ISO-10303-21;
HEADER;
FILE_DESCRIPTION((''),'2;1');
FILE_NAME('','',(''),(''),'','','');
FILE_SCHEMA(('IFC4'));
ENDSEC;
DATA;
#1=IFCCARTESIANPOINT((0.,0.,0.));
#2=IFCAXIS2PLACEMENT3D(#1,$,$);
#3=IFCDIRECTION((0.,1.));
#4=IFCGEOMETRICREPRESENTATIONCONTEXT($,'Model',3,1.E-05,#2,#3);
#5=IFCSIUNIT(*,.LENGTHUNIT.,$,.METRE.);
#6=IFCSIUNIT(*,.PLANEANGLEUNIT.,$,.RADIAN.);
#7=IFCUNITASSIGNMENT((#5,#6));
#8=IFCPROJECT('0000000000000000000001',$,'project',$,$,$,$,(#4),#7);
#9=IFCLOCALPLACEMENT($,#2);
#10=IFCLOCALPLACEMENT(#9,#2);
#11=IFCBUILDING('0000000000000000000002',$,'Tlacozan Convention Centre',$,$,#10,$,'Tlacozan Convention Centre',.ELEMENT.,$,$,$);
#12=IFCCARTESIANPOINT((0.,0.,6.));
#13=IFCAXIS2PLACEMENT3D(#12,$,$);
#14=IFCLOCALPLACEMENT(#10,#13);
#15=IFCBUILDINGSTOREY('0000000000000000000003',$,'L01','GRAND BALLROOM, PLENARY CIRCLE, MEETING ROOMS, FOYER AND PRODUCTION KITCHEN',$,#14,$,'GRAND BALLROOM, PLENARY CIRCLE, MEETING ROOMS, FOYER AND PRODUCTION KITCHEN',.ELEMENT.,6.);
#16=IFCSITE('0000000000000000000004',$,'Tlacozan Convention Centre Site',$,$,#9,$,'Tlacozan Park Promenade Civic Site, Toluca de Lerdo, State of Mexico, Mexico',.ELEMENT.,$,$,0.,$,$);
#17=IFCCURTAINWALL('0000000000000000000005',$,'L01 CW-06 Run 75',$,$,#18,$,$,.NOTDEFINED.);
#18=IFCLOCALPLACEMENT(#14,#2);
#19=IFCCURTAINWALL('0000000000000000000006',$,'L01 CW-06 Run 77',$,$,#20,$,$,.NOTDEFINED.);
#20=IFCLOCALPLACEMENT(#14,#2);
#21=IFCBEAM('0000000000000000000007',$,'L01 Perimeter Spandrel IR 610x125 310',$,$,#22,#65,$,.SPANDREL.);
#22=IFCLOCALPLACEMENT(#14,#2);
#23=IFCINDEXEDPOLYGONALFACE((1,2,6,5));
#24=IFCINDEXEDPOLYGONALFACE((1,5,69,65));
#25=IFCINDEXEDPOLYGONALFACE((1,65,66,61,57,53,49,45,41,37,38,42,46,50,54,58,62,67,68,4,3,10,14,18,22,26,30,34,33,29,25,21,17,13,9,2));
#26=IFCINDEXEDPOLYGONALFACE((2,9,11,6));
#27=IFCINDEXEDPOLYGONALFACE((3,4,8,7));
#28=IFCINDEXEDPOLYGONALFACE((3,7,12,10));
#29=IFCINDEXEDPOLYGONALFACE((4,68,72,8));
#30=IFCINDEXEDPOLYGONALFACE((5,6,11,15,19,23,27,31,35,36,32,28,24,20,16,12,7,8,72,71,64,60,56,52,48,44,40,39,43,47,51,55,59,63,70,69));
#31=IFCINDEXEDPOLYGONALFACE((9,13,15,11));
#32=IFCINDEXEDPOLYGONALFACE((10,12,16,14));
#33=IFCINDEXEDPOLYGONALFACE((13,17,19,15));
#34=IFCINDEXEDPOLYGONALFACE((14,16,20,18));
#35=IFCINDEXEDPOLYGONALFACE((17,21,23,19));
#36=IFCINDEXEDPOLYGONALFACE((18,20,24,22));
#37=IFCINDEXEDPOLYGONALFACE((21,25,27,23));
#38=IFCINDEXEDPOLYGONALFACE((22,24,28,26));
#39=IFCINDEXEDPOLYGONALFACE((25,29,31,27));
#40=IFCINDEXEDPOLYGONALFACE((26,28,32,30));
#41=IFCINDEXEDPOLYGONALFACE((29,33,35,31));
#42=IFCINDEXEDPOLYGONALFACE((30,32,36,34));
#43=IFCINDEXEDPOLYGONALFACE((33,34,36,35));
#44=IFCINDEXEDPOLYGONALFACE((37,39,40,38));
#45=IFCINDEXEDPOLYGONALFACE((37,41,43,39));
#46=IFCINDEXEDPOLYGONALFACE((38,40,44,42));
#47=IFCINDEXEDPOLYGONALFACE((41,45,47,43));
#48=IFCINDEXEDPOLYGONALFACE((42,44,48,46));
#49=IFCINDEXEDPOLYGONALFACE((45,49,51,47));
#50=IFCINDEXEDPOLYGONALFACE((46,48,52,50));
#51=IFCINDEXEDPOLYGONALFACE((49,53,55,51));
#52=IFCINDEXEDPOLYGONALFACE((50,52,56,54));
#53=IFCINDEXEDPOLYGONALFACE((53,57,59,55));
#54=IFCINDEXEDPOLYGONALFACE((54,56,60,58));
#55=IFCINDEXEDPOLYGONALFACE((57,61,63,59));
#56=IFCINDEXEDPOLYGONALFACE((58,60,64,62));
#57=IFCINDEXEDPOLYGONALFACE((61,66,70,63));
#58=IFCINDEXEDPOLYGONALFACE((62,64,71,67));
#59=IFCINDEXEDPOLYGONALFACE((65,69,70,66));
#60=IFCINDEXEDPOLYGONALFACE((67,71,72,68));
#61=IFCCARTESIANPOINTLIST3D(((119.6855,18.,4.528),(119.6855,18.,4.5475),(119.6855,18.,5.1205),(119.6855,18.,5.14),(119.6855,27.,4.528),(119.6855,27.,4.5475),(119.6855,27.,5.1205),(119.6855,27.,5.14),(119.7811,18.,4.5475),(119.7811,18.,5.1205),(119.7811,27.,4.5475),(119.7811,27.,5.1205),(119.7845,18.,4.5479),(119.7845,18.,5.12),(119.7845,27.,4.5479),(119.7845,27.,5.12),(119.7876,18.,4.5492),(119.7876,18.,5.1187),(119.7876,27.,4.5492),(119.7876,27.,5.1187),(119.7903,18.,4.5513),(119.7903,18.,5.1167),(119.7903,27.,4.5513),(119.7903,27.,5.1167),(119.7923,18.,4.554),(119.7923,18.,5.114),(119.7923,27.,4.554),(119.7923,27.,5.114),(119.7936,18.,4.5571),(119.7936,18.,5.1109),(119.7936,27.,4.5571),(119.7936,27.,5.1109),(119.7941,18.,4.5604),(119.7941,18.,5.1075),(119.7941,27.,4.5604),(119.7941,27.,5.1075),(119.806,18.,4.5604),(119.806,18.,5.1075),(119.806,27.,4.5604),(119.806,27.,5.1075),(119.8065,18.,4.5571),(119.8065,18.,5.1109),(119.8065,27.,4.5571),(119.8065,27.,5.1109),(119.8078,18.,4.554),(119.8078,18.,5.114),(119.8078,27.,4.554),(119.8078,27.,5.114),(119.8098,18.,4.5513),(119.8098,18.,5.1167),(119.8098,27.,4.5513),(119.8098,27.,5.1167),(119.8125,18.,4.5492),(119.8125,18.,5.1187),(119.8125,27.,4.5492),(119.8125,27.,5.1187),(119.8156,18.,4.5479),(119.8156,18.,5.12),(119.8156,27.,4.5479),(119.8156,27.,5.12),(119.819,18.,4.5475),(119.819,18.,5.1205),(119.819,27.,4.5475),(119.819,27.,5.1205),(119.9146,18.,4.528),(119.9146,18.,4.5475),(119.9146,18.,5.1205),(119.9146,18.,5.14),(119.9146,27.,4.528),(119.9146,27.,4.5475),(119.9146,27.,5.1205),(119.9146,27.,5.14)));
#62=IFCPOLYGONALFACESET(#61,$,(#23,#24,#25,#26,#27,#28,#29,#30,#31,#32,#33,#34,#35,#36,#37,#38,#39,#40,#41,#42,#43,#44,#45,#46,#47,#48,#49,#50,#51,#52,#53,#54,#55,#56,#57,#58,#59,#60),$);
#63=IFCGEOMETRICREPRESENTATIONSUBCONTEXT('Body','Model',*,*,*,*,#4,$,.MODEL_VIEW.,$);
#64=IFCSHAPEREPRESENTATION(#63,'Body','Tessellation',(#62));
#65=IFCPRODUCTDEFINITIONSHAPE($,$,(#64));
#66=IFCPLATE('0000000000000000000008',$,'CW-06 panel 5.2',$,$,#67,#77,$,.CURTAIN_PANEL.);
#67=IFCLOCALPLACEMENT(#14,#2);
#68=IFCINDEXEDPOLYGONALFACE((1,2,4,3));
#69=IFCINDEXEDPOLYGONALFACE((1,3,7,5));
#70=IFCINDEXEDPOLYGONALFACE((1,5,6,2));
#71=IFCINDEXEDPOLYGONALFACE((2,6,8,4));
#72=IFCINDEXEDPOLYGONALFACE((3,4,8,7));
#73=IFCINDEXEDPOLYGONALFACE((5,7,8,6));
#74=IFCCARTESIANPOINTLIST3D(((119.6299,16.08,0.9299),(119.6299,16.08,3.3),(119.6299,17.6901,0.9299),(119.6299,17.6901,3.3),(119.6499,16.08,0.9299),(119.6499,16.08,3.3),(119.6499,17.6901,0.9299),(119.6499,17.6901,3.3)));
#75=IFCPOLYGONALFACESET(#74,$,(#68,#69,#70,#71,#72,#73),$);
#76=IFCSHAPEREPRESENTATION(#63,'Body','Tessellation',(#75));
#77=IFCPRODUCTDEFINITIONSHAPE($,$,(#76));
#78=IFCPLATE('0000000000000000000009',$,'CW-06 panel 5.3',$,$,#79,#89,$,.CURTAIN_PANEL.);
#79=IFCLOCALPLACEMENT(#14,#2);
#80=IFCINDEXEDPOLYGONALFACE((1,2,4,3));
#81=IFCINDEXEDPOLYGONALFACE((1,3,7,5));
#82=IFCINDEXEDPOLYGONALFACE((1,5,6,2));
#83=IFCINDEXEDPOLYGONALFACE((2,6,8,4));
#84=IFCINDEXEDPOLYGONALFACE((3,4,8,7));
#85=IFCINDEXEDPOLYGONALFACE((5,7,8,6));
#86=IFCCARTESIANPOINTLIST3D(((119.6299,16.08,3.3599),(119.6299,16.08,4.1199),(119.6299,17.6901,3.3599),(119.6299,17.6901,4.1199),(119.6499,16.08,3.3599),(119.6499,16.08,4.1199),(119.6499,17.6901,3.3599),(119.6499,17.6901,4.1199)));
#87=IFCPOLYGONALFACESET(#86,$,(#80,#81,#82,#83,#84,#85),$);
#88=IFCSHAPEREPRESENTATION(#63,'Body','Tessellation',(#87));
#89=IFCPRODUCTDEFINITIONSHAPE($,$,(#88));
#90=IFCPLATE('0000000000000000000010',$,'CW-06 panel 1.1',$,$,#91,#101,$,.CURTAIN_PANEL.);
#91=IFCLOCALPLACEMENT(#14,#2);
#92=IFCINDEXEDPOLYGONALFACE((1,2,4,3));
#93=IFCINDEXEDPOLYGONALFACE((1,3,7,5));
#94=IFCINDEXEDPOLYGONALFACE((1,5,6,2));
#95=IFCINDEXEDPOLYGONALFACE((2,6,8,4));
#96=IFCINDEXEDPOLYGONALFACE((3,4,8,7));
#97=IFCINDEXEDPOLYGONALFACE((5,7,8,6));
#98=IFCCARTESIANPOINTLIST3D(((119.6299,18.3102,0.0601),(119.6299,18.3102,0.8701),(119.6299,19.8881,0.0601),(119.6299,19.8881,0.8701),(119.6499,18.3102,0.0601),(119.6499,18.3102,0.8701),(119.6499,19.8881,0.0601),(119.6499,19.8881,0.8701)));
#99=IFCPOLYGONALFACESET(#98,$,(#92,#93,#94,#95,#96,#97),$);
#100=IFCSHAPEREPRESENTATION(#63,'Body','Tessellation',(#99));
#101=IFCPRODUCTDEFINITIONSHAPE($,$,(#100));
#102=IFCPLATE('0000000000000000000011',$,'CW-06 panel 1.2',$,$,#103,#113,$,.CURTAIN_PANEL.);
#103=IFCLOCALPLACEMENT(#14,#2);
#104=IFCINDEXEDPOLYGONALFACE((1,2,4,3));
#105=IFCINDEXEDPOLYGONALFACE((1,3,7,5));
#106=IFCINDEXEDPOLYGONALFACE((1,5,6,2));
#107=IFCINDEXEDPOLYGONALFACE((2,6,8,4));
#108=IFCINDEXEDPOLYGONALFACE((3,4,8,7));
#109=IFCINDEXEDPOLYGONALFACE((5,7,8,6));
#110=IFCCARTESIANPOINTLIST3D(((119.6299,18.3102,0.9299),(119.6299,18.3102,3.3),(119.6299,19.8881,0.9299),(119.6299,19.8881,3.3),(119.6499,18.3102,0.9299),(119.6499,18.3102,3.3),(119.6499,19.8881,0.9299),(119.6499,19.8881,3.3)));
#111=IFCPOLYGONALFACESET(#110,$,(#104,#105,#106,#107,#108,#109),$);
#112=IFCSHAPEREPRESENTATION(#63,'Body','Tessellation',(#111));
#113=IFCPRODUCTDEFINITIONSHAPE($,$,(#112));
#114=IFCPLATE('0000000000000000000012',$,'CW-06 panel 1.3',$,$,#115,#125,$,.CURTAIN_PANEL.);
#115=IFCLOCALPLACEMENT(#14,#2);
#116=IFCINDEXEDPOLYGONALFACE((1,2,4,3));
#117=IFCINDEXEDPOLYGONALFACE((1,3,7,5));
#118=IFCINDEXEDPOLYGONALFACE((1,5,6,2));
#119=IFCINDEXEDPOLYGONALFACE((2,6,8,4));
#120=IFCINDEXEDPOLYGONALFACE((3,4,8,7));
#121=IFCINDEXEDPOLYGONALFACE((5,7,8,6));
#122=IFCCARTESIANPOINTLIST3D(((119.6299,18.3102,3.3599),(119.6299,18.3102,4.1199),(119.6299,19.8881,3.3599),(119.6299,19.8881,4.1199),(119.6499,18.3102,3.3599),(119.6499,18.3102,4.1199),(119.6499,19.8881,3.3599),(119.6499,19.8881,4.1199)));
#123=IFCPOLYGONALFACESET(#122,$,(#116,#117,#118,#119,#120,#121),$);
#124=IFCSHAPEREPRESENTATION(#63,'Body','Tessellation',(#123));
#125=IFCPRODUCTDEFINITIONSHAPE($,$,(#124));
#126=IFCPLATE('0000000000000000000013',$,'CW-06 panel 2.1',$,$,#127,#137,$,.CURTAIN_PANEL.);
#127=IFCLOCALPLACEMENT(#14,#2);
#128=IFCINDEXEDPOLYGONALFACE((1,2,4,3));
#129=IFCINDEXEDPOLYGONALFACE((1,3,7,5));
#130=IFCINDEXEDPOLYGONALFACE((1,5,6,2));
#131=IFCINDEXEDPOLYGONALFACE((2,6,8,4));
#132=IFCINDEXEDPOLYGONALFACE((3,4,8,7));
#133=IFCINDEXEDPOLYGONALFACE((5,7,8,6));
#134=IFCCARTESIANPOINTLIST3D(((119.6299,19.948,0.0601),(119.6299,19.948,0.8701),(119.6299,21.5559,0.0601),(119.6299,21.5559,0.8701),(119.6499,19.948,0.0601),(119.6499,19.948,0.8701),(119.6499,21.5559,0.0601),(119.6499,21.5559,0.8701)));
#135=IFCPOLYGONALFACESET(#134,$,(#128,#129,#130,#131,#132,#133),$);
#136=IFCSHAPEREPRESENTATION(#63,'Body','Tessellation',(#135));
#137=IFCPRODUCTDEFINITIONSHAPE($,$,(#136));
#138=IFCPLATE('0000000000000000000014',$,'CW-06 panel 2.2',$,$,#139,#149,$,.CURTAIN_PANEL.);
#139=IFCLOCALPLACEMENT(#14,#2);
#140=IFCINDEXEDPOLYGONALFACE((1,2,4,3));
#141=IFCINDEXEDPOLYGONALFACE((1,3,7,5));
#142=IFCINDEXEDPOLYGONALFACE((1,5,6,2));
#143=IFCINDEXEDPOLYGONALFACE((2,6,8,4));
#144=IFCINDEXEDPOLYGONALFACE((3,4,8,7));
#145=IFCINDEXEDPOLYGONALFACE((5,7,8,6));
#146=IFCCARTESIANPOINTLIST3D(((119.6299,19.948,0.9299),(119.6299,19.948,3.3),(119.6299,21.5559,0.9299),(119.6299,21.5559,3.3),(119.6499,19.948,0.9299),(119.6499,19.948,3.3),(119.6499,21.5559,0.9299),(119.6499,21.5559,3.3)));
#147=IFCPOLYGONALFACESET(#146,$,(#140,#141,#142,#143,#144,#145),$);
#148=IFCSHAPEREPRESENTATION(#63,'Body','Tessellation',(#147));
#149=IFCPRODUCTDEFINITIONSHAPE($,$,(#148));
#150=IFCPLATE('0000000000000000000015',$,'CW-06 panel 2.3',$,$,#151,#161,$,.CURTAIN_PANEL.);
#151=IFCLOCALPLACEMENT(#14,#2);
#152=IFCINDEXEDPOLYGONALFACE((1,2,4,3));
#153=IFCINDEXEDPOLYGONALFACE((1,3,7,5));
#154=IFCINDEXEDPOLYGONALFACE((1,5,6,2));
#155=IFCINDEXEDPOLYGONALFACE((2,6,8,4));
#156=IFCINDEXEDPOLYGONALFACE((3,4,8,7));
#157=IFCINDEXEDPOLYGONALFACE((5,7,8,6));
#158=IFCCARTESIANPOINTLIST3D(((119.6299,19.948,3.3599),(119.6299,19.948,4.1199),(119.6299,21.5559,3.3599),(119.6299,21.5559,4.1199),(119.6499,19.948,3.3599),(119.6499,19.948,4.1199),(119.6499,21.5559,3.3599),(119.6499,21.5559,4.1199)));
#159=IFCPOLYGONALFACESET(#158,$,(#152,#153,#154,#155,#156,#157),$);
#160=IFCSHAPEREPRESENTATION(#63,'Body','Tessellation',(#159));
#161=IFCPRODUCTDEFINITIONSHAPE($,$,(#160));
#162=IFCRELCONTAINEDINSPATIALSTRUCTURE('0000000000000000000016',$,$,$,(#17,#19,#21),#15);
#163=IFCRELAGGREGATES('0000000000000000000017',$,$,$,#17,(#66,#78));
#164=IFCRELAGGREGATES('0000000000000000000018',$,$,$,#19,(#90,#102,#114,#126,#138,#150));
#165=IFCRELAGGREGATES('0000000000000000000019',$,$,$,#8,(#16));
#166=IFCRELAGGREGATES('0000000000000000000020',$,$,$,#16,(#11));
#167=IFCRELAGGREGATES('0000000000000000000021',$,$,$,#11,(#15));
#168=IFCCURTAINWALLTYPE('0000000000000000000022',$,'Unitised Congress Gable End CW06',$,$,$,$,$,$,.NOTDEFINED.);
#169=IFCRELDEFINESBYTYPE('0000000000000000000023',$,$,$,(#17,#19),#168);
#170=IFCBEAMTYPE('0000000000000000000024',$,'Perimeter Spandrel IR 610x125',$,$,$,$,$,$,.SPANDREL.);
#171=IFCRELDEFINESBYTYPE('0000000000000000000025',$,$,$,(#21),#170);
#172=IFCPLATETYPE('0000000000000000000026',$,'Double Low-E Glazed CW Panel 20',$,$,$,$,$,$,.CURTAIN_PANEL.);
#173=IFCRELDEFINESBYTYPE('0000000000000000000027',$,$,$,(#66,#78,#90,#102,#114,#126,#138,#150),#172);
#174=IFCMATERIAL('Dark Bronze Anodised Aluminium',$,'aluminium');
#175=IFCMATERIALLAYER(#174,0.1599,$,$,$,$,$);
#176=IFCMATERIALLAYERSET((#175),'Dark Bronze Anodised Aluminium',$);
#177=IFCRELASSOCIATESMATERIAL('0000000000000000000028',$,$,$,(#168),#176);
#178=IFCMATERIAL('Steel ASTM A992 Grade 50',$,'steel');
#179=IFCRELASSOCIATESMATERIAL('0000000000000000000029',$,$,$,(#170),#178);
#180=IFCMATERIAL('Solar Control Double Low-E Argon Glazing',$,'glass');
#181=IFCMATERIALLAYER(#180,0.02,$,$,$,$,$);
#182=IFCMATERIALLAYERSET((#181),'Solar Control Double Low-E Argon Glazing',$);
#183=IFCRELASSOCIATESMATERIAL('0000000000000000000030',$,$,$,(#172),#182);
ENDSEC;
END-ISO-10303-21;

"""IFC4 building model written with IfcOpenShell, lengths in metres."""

from ifc_helpers import new_model, si_unit, direction, frame, origin, origin_2d, place, context, subcontext, project, spatial, rectangle, i_section, extrude, material, layer, layer_set, material_profile, profile_set, type_object, element, aggregate, save


model = new_model("IFC4")

# Units and contexts
model_context = context("Model", 3, precision=1e-05, world=origin(), true_north=direction((0.0, 1.0)))
body_context = subcontext(model_context, "Body", "Model", "MODEL_VIEW")
ifc_project = project(units=[si_unit("LENGTHUNIT", "METRE"), si_unit("PLANEANGLEUNIT", "RADIAN")], contexts=[model_context])

# Site, building, storey
site_placement = place(None, origin())
site = spatial("IfcSite", under=ifc_project, at=site_placement, Name="Tlacozan Convention Centre Site", LongName="Tlacozan Park Promenade Civic Site, Toluca de Lerdo, State of Mexico, Mexico", CompositionType="ELEMENT", RefElevation=0.0)
building_placement = place(site_placement, origin())
building = spatial("IfcBuilding", under=site, at=building_placement, Name="Tlacozan Convention Centre", LongName="Tlacozan Convention Centre", CompositionType="ELEMENT")
storey_placement = place(building_placement, frame((0.0, 0.0, 6.0)))
storey = spatial("IfcBuildingStorey", under=building, at=storey_placement, Name="L01", Description="GRAND BALLROOM, PLENARY CIRCLE, MEETING ROOMS, FOYER AND PRODUCTION KITCHEN", LongName="GRAND BALLROOM, PLENARY CIRCLE, MEETING ROOMS, FOYER AND PRODUCTION KITCHEN", CompositionType="ELEMENT", Elevation=6.0)

# Curtain wall
ifc_material_1 = material(Name="Dark Bronze Anodised Aluminium", Category="aluminium")
ifc_layer_1 = layer(ifc_material_1, 0.1599)
ifc_layer_set_1 = layer_set([ifc_layer_1], Name="Dark Bronze Anodised Aluminium")
curtain_wall_type = type_object("IfcCurtainWallType", Name="Unitised Congress Gable End CW06", PredefinedType="NOTDEFINED", material=ifc_layer_set_1)
curtain_wall_1_placement = place(storey_placement, origin())
curtain_wall_1 = element("IfcCurtainWall", 1, at=curtain_wall_1_placement, inside=storey, type_object=curtain_wall_type, Name="L01 CW-06 Run 75", PredefinedType="NOTDEFINED")

# Curtain wall
curtain_wall_2_placement = place(storey_placement, origin())
curtain_wall_2 = element("IfcCurtainWall", 2, at=curtain_wall_2_placement, inside=storey, type_object=curtain_wall_type, Name="L01 CW-06 Run 77", PredefinedType="NOTDEFINED")

# Beam
ifc_material_2 = material(Name="Steel ASTM A992 Grade 50", Category="steel")
ifc_material_profile_1 = material_profile(ifc_material_2, i_section(OverallWidth=0.229, OverallDepth=0.6121, WebThickness=0.012, FlangeThickness=0.0195, FilletRadius=0.0129, at=origin_2d()), Name="IR 610x125.0")
ifc_profile_set_1 = profile_set([ifc_material_profile_1], Name="Steel ASTM A992 Grade 50")
beam_type = type_object("IfcBeamType", Name="Perimeter Spandrel IR 610x125", PredefinedType="SPANDREL", material=ifc_profile_set_1)
beam_placement = place(storey_placement, frame((119.8, 18.0, 4.834), z_axis=(0.0, 1.0, 0.0), x_axis=(-1.0, 0.0, 0.0)))
element("IfcBeam", 3, at=beam_placement, inside=storey, type_object=beam_type, Name="L01 Perimeter Spandrel IR 610x125 310", PredefinedType="SPANDREL", context=body_context, shape_type="SweptSolid", body=[
    extrude(i_section(OverallWidth=0.229, OverallDepth=0.6121, WebThickness=0.012, FlangeThickness=0.0195, FilletRadius=0.0129, at=origin_2d()), origin(), (0.0, 0.0, 1.0), 9.0),
])

# Plates
ifc_material_3 = material(Name="Solar Control Double Low-E Argon Glazing", Category="glass")
ifc_layer_2 = layer(ifc_material_3, 0.02)
ifc_layer_set_2 = layer_set([ifc_layer_2], Name="Solar Control Double Low-E Argon Glazing")
plate_type = type_object("IfcPlateType", Name="Double Low-E Glazed CW Panel 20", PredefinedType="CURTAIN_PANEL", material=ifc_layer_set_2)
plate_1_placement = place(storey_placement, frame((119.6399, 16.885, 0.9299), z_axis=(0.0, 0.0, 1.0), x_axis=(0.0, 1.0, 0.0)))
plate_1 = element("IfcPlate", 4, at=plate_1_placement, type_object=plate_type, Name="CW-06 panel 5.2", PredefinedType="CURTAIN_PANEL", context=body_context, shape_type="SweptSolid", body=[
    extrude(rectangle(XDim=1.6101, YDim=0.02, at=origin_2d()), origin(), (0.0, 0.0, 1.0), 2.3701),
])
plate_2_placement = place(storey_placement, frame((119.6399, 16.885, 3.3599), z_axis=(0.0, 0.0, 1.0), x_axis=(0.0, 1.0, 0.0)))
plate_2 = element("IfcPlate", 5, at=plate_2_placement, type_object=plate_type, Name="CW-06 panel 5.3", PredefinedType="CURTAIN_PANEL", context=body_context, shape_type="SweptSolid", body=[
    extrude(rectangle(XDim=1.6101, YDim=0.02, at=origin_2d()), origin(), (0.0, 0.0, 1.0), 0.76),
])
aggregate(curtain_wall_1, [plate_1, plate_2])
plate_3_placement = place(storey_placement, frame((119.6399, 19.0991, 0.0601), z_axis=(0.0, 0.0, 1.0), x_axis=(0.0, 1.0, 0.0)))
plate_3 = element("IfcPlate", 6, at=plate_3_placement, type_object=plate_type, Name="CW-06 panel 1.1", PredefinedType="CURTAIN_PANEL", context=body_context, shape_type="SweptSolid", body=[
    extrude(rectangle(XDim=1.5779, YDim=0.02, at=origin_2d()), origin(), (0.0, 0.0, 1.0), 0.8101),
])
plate_4_placement = place(storey_placement, frame((119.6399, 19.0991, 0.9299), z_axis=(0.0, 0.0, 1.0), x_axis=(0.0, 1.0, 0.0)))
plate_4 = element("IfcPlate", 7, at=plate_4_placement, type_object=plate_type, Name="CW-06 panel 1.2", PredefinedType="CURTAIN_PANEL", context=body_context, shape_type="SweptSolid", body=[
    extrude(rectangle(XDim=1.5779, YDim=0.02, at=origin_2d()), origin(), (0.0, 0.0, 1.0), 2.3701),
])
plate_5_placement = place(storey_placement, frame((119.6399, 19.0991, 3.3599), z_axis=(0.0, 0.0, 1.0), x_axis=(0.0, 1.0, 0.0)))
plate_5 = element("IfcPlate", 8, at=plate_5_placement, type_object=plate_type, Name="CW-06 panel 1.3", PredefinedType="CURTAIN_PANEL", context=body_context, shape_type="SweptSolid", body=[
    extrude(rectangle(XDim=1.5779, YDim=0.02, at=origin_2d()), origin(), (0.0, 0.0, 1.0), 0.76),
])
plate_6_placement = place(storey_placement, frame((119.6399, 20.752, 0.0601), z_axis=(0.0, 0.0, 1.0), x_axis=(0.0, 1.0, 0.0)))
plate_6 = element("IfcPlate", 9, at=plate_6_placement, type_object=plate_type, Name="CW-06 panel 2.1", PredefinedType="CURTAIN_PANEL", context=body_context, shape_type="SweptSolid", body=[
    extrude(rectangle(XDim=1.6079, YDim=0.02, at=origin_2d()), origin(), (0.0, 0.0, 1.0), 0.8101),
])
plate_7_placement = place(storey_placement, frame((119.6399, 20.752, 0.9299), z_axis=(0.0, 0.0, 1.0), x_axis=(0.0, 1.0, 0.0)))
plate_7 = element("IfcPlate", 10, at=plate_7_placement, type_object=plate_type, Name="CW-06 panel 2.2", PredefinedType="CURTAIN_PANEL", context=body_context, shape_type="SweptSolid", body=[
    extrude(rectangle(XDim=1.6079, YDim=0.02, at=origin_2d()), origin(), (0.0, 0.0, 1.0), 2.3701),
])
plate_8_placement = place(storey_placement, frame((119.6399, 20.752, 3.3599), z_axis=(0.0, 0.0, 1.0), x_axis=(0.0, 1.0, 0.0)))
plate_8 = element("IfcPlate", 11, at=plate_8_placement, type_object=plate_type, Name="CW-06 panel 2.3", PredefinedType="CURTAIN_PANEL", context=body_context, shape_type="SweptSolid", body=[
    extrude(rectangle(XDim=1.6079, YDim=0.02, at=origin_2d()), origin(), (0.0, 0.0, 1.0), 0.76),
])
aggregate(curtain_wall_2, [plate_3, plate_4, plate_5, plate_6, plate_7, plate_8])

save(model, "model.ifc")
